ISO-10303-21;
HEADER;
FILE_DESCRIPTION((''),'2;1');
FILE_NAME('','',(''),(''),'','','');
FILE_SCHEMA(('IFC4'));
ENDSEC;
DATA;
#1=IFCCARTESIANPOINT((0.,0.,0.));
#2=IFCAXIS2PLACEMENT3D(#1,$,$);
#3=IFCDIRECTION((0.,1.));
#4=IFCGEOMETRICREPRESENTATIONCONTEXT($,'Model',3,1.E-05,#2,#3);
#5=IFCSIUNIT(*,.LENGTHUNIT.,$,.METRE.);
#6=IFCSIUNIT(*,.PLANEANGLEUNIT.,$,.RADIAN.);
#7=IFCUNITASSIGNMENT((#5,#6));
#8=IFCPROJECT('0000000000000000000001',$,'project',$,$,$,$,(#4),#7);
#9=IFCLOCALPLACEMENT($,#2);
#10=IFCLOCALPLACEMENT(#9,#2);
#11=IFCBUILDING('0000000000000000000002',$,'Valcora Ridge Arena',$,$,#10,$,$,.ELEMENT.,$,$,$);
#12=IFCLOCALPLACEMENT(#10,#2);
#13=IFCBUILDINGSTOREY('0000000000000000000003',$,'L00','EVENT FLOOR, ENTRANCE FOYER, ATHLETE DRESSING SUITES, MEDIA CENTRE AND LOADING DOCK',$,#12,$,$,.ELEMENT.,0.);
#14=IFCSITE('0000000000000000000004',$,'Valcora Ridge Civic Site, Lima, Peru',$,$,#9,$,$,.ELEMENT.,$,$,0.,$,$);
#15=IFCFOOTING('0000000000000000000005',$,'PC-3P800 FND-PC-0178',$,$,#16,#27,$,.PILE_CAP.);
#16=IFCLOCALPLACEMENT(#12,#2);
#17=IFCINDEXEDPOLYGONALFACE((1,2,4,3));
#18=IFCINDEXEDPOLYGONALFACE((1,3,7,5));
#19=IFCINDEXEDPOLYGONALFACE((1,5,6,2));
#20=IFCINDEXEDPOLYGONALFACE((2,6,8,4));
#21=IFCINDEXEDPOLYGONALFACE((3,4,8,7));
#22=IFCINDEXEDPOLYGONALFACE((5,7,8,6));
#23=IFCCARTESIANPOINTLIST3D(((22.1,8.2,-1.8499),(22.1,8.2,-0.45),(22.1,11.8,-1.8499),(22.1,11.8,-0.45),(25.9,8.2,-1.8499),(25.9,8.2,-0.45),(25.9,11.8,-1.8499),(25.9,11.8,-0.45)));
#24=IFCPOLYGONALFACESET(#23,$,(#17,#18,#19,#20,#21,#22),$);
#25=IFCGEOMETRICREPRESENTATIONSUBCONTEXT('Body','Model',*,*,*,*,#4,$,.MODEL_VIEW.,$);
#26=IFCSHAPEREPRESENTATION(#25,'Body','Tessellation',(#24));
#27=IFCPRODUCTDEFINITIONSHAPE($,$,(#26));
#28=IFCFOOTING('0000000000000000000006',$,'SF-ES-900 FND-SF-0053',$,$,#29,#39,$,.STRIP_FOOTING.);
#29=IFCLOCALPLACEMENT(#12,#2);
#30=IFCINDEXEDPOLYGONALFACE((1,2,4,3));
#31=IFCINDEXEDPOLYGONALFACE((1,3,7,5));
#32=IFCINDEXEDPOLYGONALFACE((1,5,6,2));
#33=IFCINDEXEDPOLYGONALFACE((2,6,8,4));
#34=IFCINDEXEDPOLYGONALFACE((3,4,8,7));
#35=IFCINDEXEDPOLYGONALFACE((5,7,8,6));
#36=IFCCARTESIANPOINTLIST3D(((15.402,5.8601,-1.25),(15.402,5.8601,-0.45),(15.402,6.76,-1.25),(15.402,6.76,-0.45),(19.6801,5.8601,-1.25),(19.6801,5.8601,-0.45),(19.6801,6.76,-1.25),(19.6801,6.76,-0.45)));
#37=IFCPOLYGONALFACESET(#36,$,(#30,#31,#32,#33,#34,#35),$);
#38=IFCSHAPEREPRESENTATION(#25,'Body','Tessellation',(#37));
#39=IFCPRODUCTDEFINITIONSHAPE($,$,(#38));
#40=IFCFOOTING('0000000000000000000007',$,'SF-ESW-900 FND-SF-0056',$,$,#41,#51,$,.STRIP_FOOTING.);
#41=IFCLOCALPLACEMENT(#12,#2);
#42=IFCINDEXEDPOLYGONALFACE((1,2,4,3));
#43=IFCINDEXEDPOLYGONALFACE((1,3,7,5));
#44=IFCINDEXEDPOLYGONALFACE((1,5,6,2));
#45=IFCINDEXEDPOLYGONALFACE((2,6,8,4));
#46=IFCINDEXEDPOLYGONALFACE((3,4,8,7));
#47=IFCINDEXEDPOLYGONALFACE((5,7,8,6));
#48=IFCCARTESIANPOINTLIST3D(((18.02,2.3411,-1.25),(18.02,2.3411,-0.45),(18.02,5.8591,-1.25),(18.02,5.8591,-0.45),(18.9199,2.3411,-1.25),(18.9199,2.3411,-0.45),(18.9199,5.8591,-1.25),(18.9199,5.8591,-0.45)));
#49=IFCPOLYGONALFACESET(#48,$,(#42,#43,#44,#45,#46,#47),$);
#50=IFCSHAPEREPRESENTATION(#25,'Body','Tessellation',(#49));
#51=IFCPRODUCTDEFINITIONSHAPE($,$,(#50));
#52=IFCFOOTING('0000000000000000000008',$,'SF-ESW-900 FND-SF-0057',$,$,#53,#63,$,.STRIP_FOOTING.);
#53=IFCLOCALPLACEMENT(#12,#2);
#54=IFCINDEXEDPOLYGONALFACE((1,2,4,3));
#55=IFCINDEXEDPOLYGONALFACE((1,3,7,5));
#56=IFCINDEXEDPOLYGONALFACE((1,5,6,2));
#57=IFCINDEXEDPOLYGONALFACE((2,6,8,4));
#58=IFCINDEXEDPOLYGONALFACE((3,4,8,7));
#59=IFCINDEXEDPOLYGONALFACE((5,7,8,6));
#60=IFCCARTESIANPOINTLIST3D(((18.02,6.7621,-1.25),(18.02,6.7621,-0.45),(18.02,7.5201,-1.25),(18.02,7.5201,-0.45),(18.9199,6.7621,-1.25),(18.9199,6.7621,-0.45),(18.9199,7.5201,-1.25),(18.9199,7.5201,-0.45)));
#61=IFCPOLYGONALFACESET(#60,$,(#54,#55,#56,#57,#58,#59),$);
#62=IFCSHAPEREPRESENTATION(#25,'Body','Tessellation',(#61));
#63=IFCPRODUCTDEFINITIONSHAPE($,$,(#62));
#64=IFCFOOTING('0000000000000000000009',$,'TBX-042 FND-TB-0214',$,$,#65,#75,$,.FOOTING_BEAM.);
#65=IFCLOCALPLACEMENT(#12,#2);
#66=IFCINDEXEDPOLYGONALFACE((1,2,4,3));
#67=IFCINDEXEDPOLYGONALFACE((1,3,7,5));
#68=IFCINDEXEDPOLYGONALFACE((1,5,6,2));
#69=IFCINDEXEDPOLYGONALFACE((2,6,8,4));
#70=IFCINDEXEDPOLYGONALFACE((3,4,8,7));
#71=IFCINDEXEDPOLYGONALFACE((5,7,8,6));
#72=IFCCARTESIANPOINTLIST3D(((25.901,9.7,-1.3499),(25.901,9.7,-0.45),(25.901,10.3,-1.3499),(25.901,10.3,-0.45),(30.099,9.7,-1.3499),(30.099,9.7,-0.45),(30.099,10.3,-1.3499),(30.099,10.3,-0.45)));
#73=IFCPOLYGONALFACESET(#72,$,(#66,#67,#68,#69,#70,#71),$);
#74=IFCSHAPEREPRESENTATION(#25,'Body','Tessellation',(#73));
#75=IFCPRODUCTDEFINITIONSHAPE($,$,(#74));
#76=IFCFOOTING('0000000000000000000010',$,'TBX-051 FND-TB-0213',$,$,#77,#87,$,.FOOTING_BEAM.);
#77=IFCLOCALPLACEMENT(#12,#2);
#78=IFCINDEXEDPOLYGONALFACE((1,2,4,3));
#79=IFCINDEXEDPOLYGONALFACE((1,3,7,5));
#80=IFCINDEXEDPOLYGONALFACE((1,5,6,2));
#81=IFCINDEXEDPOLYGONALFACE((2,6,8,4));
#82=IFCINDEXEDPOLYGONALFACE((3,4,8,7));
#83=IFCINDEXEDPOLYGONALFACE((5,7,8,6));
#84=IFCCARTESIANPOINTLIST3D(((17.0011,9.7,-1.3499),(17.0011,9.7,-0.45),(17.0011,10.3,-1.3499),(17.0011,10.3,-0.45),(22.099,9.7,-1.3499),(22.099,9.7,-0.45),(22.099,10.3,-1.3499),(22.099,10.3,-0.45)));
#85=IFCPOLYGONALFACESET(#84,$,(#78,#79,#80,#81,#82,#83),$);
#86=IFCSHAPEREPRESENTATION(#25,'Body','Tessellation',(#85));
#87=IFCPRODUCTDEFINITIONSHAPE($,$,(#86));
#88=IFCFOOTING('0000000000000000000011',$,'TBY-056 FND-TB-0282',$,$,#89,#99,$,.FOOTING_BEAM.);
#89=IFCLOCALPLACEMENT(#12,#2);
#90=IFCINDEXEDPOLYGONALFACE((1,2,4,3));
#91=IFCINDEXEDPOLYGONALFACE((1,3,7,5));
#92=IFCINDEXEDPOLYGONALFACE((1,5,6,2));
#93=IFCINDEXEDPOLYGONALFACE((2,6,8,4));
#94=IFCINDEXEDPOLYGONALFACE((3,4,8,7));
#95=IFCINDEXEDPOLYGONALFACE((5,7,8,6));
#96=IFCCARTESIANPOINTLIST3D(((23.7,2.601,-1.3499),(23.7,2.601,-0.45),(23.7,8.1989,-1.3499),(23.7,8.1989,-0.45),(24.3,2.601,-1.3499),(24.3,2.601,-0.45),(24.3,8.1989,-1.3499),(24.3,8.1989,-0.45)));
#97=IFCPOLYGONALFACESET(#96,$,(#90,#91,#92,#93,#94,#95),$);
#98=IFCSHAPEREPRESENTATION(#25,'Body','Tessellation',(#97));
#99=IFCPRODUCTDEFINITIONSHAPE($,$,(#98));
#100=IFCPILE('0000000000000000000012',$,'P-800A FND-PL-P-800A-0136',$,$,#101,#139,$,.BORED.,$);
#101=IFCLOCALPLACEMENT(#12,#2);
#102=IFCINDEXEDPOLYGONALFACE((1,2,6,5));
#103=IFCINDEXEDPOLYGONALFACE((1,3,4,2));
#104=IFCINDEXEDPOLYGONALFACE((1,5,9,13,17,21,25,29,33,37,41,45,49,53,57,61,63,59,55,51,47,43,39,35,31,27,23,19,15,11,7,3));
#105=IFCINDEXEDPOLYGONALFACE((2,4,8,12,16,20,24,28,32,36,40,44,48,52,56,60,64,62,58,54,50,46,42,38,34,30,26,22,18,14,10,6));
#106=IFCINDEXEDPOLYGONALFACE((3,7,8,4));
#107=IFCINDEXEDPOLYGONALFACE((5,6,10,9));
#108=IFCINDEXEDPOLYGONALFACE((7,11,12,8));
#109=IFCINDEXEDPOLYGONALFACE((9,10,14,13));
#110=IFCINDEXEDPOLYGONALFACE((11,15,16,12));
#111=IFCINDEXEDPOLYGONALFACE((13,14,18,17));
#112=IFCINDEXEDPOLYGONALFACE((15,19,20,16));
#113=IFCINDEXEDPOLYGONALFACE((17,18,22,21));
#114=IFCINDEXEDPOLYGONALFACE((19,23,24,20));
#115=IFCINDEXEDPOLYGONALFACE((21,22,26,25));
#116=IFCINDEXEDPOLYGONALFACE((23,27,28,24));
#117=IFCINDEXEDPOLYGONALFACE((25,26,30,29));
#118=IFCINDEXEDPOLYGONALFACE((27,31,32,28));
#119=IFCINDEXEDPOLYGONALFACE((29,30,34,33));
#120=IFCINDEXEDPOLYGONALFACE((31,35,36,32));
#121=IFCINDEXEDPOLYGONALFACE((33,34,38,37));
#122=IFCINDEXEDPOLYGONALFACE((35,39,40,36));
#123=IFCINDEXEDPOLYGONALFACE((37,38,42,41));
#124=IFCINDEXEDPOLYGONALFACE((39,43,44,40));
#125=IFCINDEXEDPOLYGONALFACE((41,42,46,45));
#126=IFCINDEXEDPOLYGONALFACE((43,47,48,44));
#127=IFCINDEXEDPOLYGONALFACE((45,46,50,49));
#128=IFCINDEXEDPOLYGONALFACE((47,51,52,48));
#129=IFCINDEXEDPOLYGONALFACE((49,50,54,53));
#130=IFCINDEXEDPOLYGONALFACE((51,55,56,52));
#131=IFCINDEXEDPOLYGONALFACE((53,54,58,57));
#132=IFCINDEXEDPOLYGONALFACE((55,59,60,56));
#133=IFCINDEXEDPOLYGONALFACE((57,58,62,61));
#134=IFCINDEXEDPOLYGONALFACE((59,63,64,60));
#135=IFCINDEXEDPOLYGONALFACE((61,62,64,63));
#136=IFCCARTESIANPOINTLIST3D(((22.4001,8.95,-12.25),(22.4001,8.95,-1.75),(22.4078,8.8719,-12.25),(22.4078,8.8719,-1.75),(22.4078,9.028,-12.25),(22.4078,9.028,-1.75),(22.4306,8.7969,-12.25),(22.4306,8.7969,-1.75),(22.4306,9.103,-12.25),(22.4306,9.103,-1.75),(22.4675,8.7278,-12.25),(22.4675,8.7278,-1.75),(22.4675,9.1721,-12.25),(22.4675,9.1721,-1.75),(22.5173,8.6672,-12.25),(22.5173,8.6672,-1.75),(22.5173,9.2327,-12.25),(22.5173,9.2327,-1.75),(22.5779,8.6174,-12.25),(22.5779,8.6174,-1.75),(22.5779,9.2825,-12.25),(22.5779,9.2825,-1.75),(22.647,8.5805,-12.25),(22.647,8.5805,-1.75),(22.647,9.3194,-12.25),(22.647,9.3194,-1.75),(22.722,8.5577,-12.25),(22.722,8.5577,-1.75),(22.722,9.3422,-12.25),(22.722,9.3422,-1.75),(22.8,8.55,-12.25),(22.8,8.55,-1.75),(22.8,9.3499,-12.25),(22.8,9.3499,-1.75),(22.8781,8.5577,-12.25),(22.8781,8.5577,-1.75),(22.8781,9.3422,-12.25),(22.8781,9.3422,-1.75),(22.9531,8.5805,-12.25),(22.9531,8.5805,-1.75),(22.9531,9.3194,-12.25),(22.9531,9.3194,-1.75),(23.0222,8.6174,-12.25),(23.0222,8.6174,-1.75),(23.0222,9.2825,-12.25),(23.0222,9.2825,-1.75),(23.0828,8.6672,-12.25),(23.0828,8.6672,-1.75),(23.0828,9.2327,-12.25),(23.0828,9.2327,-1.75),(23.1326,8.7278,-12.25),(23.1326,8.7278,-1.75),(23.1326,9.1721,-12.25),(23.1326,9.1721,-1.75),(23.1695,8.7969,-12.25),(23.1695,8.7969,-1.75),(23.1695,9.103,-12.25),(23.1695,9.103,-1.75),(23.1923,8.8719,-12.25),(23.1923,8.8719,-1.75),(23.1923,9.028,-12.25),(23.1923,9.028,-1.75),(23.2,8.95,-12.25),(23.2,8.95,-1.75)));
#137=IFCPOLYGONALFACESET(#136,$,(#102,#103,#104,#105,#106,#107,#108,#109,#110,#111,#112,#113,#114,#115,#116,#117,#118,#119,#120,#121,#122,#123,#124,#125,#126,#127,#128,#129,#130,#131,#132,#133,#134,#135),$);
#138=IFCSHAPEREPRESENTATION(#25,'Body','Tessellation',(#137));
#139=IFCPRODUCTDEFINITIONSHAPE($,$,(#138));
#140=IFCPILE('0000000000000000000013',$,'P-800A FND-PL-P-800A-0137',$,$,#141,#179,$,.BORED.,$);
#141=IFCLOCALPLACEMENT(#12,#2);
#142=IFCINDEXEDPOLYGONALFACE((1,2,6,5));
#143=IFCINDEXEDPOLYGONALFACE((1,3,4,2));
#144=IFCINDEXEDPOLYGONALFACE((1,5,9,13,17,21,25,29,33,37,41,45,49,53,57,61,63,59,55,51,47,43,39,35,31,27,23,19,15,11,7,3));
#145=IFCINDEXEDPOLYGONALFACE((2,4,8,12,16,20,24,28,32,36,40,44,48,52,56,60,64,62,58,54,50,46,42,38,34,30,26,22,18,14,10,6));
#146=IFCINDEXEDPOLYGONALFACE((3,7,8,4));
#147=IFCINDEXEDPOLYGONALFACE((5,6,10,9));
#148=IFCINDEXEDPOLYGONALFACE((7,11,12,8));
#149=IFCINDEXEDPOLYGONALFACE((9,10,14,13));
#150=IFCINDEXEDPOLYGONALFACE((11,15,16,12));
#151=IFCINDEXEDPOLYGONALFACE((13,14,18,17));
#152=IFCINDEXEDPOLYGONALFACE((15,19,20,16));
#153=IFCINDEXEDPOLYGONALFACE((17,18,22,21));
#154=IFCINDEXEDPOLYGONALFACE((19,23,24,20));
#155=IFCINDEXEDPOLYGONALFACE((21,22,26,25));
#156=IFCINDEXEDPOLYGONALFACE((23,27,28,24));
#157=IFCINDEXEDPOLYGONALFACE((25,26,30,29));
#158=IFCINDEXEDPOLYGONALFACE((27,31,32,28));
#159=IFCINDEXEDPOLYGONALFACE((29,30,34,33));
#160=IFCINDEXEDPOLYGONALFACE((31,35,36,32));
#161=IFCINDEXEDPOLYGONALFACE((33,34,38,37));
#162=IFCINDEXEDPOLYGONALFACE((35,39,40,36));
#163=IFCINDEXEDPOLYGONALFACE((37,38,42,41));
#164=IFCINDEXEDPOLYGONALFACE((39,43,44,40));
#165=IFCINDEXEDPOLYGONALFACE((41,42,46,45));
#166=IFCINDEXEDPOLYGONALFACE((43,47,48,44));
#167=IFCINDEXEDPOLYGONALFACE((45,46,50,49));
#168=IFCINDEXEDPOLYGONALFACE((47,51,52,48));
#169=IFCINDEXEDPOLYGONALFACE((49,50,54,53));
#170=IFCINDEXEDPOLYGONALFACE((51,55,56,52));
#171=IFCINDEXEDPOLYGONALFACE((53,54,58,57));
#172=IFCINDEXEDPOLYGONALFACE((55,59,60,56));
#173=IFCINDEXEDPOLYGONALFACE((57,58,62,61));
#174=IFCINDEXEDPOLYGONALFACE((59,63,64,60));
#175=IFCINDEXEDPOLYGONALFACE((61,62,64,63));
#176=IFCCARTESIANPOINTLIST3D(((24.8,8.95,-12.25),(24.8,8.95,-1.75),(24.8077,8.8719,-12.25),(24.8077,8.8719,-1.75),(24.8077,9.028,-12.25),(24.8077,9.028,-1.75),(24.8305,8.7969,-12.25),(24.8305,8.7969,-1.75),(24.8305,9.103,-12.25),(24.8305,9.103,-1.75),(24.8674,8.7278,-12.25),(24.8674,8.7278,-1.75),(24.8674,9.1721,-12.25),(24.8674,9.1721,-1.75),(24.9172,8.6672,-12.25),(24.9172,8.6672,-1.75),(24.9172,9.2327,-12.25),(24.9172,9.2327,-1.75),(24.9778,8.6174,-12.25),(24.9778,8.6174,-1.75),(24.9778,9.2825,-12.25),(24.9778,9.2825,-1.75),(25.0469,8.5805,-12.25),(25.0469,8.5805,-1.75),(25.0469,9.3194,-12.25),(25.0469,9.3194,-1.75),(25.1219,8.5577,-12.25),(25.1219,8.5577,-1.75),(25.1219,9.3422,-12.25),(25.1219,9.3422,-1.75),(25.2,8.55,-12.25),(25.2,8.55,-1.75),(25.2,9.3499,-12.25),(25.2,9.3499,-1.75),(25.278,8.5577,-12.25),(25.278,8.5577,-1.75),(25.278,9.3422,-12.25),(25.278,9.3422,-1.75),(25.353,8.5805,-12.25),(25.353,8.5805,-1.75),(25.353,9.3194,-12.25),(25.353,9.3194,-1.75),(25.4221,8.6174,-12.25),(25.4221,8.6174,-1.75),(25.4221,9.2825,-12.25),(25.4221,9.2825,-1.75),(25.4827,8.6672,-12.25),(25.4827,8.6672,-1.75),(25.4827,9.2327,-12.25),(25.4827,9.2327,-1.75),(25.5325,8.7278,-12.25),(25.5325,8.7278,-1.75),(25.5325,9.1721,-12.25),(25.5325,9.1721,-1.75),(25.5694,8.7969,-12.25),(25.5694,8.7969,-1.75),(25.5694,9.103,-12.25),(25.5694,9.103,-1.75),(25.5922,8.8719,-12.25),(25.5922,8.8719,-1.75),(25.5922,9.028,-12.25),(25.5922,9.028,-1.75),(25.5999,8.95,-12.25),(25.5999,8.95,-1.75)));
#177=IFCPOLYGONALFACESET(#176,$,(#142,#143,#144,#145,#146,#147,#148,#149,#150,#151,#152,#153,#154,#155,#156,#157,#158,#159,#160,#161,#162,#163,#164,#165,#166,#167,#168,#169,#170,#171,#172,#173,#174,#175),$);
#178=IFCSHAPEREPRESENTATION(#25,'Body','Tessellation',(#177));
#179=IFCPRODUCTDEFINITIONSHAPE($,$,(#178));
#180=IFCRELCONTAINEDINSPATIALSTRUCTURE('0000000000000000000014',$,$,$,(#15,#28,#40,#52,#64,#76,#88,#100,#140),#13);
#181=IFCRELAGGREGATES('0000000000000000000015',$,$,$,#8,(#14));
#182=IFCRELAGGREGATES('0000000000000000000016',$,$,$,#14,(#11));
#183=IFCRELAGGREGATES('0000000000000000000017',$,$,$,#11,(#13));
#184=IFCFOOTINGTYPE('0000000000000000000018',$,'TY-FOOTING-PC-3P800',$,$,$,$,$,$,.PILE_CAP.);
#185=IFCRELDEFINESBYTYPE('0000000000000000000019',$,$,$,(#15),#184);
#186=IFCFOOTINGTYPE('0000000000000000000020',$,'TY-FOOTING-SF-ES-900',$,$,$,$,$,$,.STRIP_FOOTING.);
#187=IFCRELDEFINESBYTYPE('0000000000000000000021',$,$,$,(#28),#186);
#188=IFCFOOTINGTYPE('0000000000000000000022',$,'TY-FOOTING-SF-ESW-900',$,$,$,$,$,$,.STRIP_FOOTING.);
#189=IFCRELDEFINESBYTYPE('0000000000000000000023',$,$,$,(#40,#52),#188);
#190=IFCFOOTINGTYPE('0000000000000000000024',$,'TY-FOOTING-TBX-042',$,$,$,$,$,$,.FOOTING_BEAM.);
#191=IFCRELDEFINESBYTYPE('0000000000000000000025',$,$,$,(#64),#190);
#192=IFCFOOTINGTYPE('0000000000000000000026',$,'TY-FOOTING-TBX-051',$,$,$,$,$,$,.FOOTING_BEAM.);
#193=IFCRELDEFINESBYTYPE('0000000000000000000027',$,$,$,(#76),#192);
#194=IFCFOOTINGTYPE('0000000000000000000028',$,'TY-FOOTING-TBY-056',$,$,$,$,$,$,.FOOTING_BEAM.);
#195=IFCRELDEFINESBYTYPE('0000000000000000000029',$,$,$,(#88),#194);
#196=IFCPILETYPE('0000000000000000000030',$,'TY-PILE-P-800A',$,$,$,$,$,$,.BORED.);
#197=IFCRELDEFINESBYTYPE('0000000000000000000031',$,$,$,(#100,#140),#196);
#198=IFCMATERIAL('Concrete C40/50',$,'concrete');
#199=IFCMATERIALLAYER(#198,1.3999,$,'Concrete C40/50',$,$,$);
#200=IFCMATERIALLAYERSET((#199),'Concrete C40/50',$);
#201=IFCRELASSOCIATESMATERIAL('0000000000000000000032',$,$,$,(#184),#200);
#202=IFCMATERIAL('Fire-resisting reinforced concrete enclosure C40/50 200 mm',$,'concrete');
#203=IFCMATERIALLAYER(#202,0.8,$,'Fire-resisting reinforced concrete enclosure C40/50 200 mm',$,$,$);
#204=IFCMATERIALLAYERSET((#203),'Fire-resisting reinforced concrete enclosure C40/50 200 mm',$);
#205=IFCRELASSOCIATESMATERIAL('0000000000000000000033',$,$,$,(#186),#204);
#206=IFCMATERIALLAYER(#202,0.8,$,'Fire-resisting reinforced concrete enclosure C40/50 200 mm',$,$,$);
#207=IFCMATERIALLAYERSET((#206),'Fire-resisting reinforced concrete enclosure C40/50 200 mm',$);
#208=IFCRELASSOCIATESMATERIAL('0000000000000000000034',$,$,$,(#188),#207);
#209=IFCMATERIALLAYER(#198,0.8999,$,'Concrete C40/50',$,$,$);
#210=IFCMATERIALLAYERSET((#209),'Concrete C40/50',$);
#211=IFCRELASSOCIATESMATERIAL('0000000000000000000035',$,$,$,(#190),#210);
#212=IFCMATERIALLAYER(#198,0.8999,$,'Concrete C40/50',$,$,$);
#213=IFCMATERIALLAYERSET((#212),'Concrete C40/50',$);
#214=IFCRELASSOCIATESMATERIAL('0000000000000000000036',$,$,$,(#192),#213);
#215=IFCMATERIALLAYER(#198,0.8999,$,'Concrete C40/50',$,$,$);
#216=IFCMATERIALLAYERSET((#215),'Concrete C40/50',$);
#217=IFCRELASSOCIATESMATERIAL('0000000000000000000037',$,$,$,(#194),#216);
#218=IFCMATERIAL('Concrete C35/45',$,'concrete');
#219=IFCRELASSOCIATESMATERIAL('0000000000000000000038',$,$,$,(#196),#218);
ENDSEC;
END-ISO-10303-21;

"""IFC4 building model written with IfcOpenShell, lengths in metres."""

from ifc_helpers import new_model, si_unit, direction, frame, origin, origin_2d, place, context, subcontext, project, spatial, rectangle, circle, extrude, material, layer, layer_set, material_profile, profile_set, type_object, element, save


model = new_model("IFC4")

# Units and contexts
model_context = context("Model", 3, precision=1e-05, world=origin(), true_north=direction((0.0, 1.0)))
body_context = subcontext(model_context, "Body", "Model", "MODEL_VIEW")
ifc_project = project(units=[si_unit("LENGTHUNIT", "METRE"), si_unit("PLANEANGLEUNIT", "RADIAN")], contexts=[model_context])

# Site, building, storey
site_placement = place(None, origin())
site = spatial("IfcSite", under=ifc_project, at=site_placement, Name="Valcora Ridge Civic Site, Lima, Peru", CompositionType="ELEMENT", RefElevation=0.0)
building_placement = place(site_placement, origin())
building = spatial("IfcBuilding", under=site, at=building_placement, Name="Valcora Ridge Arena", CompositionType="ELEMENT")
storey_placement = place(building_placement, origin())
storey = spatial("IfcBuildingStorey", under=building, at=storey_placement, Name="L00", Description="EVENT FLOOR, ENTRANCE FOYER, ATHLETE DRESSING SUITES, MEDIA CENTRE AND LOADING DOCK", CompositionType="ELEMENT", Elevation=0.0)

# Footings
ifc_material_1 = material(Name="Concrete C40/50", Category="concrete")
ifc_layer_1 = layer(ifc_material_1, 1.3999, Name="Concrete C40/50")
ifc_layer_set_1 = layer_set([ifc_layer_1], Name="Concrete C40/50")
footing_type_1 = type_object("IfcFootingType", Name="TY-FOOTING-PC-3P800", PredefinedType="PILE_CAP", material=ifc_layer_set_1)
footing_1_placement = place(storey_placement, frame((24.0, 10.0, -1.8499), z_axis=(0.0, 0.0, 1.0), x_axis=(1.0, 0.0, 0.0)))
element("IfcFooting", 1, at=footing_1_placement, inside=storey, type_object=footing_type_1, Name="PC-3P800 FND-PC-0178", PredefinedType="PILE_CAP", context=body_context, shape_type="SweptSolid", body=[
    extrude(rectangle(XDim=3.8, YDim=3.6001, at=origin_2d()), origin(), (0.0, 0.0, 1.0), 1.3999),
])
ifc_material_2 = material(Name="Fire-resisting reinforced concrete enclosure C40/50 200 mm", Category="concrete")
ifc_layer_2 = layer(ifc_material_2, 0.8, Name="Fire-resisting reinforced concrete enclosure C40/50 200 mm")
ifc_layer_set_2 = layer_set([ifc_layer_2], Name="Fire-resisting reinforced concrete enclosure C40/50 200 mm")
footing_type_2 = type_object("IfcFootingType", Name="TY-FOOTING-SF-ES-900", PredefinedType="STRIP_FOOTING", material=ifc_layer_set_2)
footing_2_placement = place(storey_placement, frame((17.541, 6.3101, -1.25), z_axis=(0.0, 0.0, 1.0), x_axis=(1.0, 0.0, 0.0)))
element("IfcFooting", 2, at=footing_2_placement, inside=storey, type_object=footing_type_2, Name="SF-ES-900 FND-SF-0053", PredefinedType="STRIP_FOOTING", context=body_context, shape_type="SweptSolid", body=[
    extrude(rectangle(XDim=4.2781, YDim=0.8999, at=origin_2d()), origin(), (0.0, 0.0, 1.0), 0.8),
])
ifc_layer_3 = layer(ifc_material_2, 0.8, Name="Fire-resisting reinforced concrete enclosure C40/50 200 mm")
ifc_layer_set_3 = layer_set([ifc_layer_3], Name="Fire-resisting reinforced concrete enclosure C40/50 200 mm")
footing_type_3 = type_object("IfcFootingType", Name="TY-FOOTING-SF-ESW-900", PredefinedType="STRIP_FOOTING", material=ifc_layer_set_3)
footing_3_placement = place(storey_placement, frame((18.47, 4.1001, -1.25), z_axis=(0.0, 0.0, 1.0), x_axis=(1.0, 0.0, 0.0)))
element("IfcFooting", 3, at=footing_3_placement, inside=storey, type_object=footing_type_3, Name="SF-ESW-900 FND-SF-0056", PredefinedType="STRIP_FOOTING", context=body_context, shape_type="SweptSolid", body=[
    extrude(rectangle(XDim=0.8999, YDim=3.5181, at=origin_2d()), origin(), (0.0, 0.0, 1.0), 0.8),
])
footing_4_placement = place(storey_placement, frame((18.47, 7.1411, -1.25), z_axis=(0.0, 0.0, 1.0), x_axis=(1.0, 0.0, 0.0)))
element("IfcFooting", 4, at=footing_4_placement, inside=storey, type_object=footing_type_3, Name="SF-ESW-900 FND-SF-0057", PredefinedType="STRIP_FOOTING", context=body_context, shape_type="SweptSolid", body=[
    extrude(rectangle(XDim=0.8999, YDim=0.7581, at=origin_2d()), origin(), (0.0, 0.0, 1.0), 0.8),
])
ifc_layer_4 = layer(ifc_material_1, 0.8999, Name="Concrete C40/50")
ifc_layer_set_4 = layer_set([ifc_layer_4], Name="Concrete C40/50")
footing_type_4 = type_object("IfcFootingType", Name="TY-FOOTING-TBX-042", PredefinedType="FOOTING_BEAM", material=ifc_layer_set_4)
footing_5_placement = place(storey_placement, frame((28.0, 10.0, -1.3499), z_axis=(0.0, 0.0, 1.0), x_axis=(1.0, 0.0, 0.0)))
element("IfcFooting", 5, at=footing_5_placement, inside=storey, type_object=footing_type_4, Name="TBX-042 FND-TB-0214", PredefinedType="FOOTING_BEAM", context=body_context, shape_type="SweptSolid", body=[
    extrude(rectangle(XDim=4.198, YDim=0.6001, at=origin_2d()), origin(), (0.0, 0.0, 1.0), 0.8999),
])
ifc_layer_5 = layer(ifc_material_1, 0.8999, Name="Concrete C40/50")
ifc_layer_set_5 = layer_set([ifc_layer_5], Name="Concrete C40/50")
footing_type_5 = type_object("IfcFootingType", Name="TY-FOOTING-TBX-051", PredefinedType="FOOTING_BEAM", material=ifc_layer_set_5)
footing_6_placement = place(storey_placement, frame((19.55, 10.0, -1.3499), z_axis=(0.0, 0.0, 1.0), x_axis=(1.0, 0.0, 0.0)))
element("IfcFooting", 6, at=footing_6_placement, inside=storey, type_object=footing_type_5, Name="TBX-051 FND-TB-0213", PredefinedType="FOOTING_BEAM", context=body_context, shape_type="SweptSolid", body=[
    extrude(rectangle(XDim=5.0979, YDim=0.6001, at=origin_2d()), origin(), (0.0, 0.0, 1.0), 0.8999),
])
ifc_layer_6 = layer(ifc_material_1, 0.8999, Name="Concrete C40/50")
ifc_layer_set_6 = layer_set([ifc_layer_6], Name="Concrete C40/50")
footing_type_6 = type_object("IfcFootingType", Name="TY-FOOTING-TBY-056", PredefinedType="FOOTING_BEAM", material=ifc_layer_set_6)
footing_7_placement = place(storey_placement, frame((24.0, 5.3999, -1.3499), z_axis=(0.0, 0.0, 1.0), x_axis=(1.0, 0.0, 0.0)))
element("IfcFooting", 7, at=footing_7_placement, inside=storey, type_object=footing_type_6, Name="TBY-056 FND-TB-0282", PredefinedType="FOOTING_BEAM", context=body_context, shape_type="SweptSolid", body=[
    extrude(rectangle(XDim=0.6001, YDim=5.5979, at=origin_2d()), origin(), (0.0, 0.0, 1.0), 0.8999),
])

# Piles
ifc_material_3 = material(Name="Concrete C35/45", Category="concrete")
ifc_material_profile_1 = material_profile(ifc_material_3, circle(Radius=0.3999, at=origin_2d()), Name="BORED PILE D800")
ifc_profile_set_1 = profile_set([ifc_material_profile_1], Name="Concrete C35/45")
pile_type = type_object("IfcPileType", Name="TY-PILE-P-800A", PredefinedType="BORED", material=ifc_profile_set_1)
for number, where, z_axis, x_axis, name in (
    (8, (22.8, 8.95, -1.75), (0.0, 0.0, -1.0), (1.0, 0.0, 0.0), "P-800A FND-PL-P-800A-0136"),
    (9, (25.2, 8.95, -1.75), (0.0, 0.0, -1.0), (1.0, 0.0, 0.0), "P-800A FND-PL-P-800A-0137"),
):
    element("IfcPile", number, at=place(storey_placement, frame(where, z_axis=z_axis, x_axis=x_axis)), inside=storey, type_object=pile_type, Name=name, PredefinedType="BORED", context=body_context, shape_type="SweptSolid", body=[
        extrude(circle(Radius=0.3999, at=origin_2d()), origin(), (0.0, 0.0, 1.0), 10.5),
    ])

save(model, "model.ifc")
